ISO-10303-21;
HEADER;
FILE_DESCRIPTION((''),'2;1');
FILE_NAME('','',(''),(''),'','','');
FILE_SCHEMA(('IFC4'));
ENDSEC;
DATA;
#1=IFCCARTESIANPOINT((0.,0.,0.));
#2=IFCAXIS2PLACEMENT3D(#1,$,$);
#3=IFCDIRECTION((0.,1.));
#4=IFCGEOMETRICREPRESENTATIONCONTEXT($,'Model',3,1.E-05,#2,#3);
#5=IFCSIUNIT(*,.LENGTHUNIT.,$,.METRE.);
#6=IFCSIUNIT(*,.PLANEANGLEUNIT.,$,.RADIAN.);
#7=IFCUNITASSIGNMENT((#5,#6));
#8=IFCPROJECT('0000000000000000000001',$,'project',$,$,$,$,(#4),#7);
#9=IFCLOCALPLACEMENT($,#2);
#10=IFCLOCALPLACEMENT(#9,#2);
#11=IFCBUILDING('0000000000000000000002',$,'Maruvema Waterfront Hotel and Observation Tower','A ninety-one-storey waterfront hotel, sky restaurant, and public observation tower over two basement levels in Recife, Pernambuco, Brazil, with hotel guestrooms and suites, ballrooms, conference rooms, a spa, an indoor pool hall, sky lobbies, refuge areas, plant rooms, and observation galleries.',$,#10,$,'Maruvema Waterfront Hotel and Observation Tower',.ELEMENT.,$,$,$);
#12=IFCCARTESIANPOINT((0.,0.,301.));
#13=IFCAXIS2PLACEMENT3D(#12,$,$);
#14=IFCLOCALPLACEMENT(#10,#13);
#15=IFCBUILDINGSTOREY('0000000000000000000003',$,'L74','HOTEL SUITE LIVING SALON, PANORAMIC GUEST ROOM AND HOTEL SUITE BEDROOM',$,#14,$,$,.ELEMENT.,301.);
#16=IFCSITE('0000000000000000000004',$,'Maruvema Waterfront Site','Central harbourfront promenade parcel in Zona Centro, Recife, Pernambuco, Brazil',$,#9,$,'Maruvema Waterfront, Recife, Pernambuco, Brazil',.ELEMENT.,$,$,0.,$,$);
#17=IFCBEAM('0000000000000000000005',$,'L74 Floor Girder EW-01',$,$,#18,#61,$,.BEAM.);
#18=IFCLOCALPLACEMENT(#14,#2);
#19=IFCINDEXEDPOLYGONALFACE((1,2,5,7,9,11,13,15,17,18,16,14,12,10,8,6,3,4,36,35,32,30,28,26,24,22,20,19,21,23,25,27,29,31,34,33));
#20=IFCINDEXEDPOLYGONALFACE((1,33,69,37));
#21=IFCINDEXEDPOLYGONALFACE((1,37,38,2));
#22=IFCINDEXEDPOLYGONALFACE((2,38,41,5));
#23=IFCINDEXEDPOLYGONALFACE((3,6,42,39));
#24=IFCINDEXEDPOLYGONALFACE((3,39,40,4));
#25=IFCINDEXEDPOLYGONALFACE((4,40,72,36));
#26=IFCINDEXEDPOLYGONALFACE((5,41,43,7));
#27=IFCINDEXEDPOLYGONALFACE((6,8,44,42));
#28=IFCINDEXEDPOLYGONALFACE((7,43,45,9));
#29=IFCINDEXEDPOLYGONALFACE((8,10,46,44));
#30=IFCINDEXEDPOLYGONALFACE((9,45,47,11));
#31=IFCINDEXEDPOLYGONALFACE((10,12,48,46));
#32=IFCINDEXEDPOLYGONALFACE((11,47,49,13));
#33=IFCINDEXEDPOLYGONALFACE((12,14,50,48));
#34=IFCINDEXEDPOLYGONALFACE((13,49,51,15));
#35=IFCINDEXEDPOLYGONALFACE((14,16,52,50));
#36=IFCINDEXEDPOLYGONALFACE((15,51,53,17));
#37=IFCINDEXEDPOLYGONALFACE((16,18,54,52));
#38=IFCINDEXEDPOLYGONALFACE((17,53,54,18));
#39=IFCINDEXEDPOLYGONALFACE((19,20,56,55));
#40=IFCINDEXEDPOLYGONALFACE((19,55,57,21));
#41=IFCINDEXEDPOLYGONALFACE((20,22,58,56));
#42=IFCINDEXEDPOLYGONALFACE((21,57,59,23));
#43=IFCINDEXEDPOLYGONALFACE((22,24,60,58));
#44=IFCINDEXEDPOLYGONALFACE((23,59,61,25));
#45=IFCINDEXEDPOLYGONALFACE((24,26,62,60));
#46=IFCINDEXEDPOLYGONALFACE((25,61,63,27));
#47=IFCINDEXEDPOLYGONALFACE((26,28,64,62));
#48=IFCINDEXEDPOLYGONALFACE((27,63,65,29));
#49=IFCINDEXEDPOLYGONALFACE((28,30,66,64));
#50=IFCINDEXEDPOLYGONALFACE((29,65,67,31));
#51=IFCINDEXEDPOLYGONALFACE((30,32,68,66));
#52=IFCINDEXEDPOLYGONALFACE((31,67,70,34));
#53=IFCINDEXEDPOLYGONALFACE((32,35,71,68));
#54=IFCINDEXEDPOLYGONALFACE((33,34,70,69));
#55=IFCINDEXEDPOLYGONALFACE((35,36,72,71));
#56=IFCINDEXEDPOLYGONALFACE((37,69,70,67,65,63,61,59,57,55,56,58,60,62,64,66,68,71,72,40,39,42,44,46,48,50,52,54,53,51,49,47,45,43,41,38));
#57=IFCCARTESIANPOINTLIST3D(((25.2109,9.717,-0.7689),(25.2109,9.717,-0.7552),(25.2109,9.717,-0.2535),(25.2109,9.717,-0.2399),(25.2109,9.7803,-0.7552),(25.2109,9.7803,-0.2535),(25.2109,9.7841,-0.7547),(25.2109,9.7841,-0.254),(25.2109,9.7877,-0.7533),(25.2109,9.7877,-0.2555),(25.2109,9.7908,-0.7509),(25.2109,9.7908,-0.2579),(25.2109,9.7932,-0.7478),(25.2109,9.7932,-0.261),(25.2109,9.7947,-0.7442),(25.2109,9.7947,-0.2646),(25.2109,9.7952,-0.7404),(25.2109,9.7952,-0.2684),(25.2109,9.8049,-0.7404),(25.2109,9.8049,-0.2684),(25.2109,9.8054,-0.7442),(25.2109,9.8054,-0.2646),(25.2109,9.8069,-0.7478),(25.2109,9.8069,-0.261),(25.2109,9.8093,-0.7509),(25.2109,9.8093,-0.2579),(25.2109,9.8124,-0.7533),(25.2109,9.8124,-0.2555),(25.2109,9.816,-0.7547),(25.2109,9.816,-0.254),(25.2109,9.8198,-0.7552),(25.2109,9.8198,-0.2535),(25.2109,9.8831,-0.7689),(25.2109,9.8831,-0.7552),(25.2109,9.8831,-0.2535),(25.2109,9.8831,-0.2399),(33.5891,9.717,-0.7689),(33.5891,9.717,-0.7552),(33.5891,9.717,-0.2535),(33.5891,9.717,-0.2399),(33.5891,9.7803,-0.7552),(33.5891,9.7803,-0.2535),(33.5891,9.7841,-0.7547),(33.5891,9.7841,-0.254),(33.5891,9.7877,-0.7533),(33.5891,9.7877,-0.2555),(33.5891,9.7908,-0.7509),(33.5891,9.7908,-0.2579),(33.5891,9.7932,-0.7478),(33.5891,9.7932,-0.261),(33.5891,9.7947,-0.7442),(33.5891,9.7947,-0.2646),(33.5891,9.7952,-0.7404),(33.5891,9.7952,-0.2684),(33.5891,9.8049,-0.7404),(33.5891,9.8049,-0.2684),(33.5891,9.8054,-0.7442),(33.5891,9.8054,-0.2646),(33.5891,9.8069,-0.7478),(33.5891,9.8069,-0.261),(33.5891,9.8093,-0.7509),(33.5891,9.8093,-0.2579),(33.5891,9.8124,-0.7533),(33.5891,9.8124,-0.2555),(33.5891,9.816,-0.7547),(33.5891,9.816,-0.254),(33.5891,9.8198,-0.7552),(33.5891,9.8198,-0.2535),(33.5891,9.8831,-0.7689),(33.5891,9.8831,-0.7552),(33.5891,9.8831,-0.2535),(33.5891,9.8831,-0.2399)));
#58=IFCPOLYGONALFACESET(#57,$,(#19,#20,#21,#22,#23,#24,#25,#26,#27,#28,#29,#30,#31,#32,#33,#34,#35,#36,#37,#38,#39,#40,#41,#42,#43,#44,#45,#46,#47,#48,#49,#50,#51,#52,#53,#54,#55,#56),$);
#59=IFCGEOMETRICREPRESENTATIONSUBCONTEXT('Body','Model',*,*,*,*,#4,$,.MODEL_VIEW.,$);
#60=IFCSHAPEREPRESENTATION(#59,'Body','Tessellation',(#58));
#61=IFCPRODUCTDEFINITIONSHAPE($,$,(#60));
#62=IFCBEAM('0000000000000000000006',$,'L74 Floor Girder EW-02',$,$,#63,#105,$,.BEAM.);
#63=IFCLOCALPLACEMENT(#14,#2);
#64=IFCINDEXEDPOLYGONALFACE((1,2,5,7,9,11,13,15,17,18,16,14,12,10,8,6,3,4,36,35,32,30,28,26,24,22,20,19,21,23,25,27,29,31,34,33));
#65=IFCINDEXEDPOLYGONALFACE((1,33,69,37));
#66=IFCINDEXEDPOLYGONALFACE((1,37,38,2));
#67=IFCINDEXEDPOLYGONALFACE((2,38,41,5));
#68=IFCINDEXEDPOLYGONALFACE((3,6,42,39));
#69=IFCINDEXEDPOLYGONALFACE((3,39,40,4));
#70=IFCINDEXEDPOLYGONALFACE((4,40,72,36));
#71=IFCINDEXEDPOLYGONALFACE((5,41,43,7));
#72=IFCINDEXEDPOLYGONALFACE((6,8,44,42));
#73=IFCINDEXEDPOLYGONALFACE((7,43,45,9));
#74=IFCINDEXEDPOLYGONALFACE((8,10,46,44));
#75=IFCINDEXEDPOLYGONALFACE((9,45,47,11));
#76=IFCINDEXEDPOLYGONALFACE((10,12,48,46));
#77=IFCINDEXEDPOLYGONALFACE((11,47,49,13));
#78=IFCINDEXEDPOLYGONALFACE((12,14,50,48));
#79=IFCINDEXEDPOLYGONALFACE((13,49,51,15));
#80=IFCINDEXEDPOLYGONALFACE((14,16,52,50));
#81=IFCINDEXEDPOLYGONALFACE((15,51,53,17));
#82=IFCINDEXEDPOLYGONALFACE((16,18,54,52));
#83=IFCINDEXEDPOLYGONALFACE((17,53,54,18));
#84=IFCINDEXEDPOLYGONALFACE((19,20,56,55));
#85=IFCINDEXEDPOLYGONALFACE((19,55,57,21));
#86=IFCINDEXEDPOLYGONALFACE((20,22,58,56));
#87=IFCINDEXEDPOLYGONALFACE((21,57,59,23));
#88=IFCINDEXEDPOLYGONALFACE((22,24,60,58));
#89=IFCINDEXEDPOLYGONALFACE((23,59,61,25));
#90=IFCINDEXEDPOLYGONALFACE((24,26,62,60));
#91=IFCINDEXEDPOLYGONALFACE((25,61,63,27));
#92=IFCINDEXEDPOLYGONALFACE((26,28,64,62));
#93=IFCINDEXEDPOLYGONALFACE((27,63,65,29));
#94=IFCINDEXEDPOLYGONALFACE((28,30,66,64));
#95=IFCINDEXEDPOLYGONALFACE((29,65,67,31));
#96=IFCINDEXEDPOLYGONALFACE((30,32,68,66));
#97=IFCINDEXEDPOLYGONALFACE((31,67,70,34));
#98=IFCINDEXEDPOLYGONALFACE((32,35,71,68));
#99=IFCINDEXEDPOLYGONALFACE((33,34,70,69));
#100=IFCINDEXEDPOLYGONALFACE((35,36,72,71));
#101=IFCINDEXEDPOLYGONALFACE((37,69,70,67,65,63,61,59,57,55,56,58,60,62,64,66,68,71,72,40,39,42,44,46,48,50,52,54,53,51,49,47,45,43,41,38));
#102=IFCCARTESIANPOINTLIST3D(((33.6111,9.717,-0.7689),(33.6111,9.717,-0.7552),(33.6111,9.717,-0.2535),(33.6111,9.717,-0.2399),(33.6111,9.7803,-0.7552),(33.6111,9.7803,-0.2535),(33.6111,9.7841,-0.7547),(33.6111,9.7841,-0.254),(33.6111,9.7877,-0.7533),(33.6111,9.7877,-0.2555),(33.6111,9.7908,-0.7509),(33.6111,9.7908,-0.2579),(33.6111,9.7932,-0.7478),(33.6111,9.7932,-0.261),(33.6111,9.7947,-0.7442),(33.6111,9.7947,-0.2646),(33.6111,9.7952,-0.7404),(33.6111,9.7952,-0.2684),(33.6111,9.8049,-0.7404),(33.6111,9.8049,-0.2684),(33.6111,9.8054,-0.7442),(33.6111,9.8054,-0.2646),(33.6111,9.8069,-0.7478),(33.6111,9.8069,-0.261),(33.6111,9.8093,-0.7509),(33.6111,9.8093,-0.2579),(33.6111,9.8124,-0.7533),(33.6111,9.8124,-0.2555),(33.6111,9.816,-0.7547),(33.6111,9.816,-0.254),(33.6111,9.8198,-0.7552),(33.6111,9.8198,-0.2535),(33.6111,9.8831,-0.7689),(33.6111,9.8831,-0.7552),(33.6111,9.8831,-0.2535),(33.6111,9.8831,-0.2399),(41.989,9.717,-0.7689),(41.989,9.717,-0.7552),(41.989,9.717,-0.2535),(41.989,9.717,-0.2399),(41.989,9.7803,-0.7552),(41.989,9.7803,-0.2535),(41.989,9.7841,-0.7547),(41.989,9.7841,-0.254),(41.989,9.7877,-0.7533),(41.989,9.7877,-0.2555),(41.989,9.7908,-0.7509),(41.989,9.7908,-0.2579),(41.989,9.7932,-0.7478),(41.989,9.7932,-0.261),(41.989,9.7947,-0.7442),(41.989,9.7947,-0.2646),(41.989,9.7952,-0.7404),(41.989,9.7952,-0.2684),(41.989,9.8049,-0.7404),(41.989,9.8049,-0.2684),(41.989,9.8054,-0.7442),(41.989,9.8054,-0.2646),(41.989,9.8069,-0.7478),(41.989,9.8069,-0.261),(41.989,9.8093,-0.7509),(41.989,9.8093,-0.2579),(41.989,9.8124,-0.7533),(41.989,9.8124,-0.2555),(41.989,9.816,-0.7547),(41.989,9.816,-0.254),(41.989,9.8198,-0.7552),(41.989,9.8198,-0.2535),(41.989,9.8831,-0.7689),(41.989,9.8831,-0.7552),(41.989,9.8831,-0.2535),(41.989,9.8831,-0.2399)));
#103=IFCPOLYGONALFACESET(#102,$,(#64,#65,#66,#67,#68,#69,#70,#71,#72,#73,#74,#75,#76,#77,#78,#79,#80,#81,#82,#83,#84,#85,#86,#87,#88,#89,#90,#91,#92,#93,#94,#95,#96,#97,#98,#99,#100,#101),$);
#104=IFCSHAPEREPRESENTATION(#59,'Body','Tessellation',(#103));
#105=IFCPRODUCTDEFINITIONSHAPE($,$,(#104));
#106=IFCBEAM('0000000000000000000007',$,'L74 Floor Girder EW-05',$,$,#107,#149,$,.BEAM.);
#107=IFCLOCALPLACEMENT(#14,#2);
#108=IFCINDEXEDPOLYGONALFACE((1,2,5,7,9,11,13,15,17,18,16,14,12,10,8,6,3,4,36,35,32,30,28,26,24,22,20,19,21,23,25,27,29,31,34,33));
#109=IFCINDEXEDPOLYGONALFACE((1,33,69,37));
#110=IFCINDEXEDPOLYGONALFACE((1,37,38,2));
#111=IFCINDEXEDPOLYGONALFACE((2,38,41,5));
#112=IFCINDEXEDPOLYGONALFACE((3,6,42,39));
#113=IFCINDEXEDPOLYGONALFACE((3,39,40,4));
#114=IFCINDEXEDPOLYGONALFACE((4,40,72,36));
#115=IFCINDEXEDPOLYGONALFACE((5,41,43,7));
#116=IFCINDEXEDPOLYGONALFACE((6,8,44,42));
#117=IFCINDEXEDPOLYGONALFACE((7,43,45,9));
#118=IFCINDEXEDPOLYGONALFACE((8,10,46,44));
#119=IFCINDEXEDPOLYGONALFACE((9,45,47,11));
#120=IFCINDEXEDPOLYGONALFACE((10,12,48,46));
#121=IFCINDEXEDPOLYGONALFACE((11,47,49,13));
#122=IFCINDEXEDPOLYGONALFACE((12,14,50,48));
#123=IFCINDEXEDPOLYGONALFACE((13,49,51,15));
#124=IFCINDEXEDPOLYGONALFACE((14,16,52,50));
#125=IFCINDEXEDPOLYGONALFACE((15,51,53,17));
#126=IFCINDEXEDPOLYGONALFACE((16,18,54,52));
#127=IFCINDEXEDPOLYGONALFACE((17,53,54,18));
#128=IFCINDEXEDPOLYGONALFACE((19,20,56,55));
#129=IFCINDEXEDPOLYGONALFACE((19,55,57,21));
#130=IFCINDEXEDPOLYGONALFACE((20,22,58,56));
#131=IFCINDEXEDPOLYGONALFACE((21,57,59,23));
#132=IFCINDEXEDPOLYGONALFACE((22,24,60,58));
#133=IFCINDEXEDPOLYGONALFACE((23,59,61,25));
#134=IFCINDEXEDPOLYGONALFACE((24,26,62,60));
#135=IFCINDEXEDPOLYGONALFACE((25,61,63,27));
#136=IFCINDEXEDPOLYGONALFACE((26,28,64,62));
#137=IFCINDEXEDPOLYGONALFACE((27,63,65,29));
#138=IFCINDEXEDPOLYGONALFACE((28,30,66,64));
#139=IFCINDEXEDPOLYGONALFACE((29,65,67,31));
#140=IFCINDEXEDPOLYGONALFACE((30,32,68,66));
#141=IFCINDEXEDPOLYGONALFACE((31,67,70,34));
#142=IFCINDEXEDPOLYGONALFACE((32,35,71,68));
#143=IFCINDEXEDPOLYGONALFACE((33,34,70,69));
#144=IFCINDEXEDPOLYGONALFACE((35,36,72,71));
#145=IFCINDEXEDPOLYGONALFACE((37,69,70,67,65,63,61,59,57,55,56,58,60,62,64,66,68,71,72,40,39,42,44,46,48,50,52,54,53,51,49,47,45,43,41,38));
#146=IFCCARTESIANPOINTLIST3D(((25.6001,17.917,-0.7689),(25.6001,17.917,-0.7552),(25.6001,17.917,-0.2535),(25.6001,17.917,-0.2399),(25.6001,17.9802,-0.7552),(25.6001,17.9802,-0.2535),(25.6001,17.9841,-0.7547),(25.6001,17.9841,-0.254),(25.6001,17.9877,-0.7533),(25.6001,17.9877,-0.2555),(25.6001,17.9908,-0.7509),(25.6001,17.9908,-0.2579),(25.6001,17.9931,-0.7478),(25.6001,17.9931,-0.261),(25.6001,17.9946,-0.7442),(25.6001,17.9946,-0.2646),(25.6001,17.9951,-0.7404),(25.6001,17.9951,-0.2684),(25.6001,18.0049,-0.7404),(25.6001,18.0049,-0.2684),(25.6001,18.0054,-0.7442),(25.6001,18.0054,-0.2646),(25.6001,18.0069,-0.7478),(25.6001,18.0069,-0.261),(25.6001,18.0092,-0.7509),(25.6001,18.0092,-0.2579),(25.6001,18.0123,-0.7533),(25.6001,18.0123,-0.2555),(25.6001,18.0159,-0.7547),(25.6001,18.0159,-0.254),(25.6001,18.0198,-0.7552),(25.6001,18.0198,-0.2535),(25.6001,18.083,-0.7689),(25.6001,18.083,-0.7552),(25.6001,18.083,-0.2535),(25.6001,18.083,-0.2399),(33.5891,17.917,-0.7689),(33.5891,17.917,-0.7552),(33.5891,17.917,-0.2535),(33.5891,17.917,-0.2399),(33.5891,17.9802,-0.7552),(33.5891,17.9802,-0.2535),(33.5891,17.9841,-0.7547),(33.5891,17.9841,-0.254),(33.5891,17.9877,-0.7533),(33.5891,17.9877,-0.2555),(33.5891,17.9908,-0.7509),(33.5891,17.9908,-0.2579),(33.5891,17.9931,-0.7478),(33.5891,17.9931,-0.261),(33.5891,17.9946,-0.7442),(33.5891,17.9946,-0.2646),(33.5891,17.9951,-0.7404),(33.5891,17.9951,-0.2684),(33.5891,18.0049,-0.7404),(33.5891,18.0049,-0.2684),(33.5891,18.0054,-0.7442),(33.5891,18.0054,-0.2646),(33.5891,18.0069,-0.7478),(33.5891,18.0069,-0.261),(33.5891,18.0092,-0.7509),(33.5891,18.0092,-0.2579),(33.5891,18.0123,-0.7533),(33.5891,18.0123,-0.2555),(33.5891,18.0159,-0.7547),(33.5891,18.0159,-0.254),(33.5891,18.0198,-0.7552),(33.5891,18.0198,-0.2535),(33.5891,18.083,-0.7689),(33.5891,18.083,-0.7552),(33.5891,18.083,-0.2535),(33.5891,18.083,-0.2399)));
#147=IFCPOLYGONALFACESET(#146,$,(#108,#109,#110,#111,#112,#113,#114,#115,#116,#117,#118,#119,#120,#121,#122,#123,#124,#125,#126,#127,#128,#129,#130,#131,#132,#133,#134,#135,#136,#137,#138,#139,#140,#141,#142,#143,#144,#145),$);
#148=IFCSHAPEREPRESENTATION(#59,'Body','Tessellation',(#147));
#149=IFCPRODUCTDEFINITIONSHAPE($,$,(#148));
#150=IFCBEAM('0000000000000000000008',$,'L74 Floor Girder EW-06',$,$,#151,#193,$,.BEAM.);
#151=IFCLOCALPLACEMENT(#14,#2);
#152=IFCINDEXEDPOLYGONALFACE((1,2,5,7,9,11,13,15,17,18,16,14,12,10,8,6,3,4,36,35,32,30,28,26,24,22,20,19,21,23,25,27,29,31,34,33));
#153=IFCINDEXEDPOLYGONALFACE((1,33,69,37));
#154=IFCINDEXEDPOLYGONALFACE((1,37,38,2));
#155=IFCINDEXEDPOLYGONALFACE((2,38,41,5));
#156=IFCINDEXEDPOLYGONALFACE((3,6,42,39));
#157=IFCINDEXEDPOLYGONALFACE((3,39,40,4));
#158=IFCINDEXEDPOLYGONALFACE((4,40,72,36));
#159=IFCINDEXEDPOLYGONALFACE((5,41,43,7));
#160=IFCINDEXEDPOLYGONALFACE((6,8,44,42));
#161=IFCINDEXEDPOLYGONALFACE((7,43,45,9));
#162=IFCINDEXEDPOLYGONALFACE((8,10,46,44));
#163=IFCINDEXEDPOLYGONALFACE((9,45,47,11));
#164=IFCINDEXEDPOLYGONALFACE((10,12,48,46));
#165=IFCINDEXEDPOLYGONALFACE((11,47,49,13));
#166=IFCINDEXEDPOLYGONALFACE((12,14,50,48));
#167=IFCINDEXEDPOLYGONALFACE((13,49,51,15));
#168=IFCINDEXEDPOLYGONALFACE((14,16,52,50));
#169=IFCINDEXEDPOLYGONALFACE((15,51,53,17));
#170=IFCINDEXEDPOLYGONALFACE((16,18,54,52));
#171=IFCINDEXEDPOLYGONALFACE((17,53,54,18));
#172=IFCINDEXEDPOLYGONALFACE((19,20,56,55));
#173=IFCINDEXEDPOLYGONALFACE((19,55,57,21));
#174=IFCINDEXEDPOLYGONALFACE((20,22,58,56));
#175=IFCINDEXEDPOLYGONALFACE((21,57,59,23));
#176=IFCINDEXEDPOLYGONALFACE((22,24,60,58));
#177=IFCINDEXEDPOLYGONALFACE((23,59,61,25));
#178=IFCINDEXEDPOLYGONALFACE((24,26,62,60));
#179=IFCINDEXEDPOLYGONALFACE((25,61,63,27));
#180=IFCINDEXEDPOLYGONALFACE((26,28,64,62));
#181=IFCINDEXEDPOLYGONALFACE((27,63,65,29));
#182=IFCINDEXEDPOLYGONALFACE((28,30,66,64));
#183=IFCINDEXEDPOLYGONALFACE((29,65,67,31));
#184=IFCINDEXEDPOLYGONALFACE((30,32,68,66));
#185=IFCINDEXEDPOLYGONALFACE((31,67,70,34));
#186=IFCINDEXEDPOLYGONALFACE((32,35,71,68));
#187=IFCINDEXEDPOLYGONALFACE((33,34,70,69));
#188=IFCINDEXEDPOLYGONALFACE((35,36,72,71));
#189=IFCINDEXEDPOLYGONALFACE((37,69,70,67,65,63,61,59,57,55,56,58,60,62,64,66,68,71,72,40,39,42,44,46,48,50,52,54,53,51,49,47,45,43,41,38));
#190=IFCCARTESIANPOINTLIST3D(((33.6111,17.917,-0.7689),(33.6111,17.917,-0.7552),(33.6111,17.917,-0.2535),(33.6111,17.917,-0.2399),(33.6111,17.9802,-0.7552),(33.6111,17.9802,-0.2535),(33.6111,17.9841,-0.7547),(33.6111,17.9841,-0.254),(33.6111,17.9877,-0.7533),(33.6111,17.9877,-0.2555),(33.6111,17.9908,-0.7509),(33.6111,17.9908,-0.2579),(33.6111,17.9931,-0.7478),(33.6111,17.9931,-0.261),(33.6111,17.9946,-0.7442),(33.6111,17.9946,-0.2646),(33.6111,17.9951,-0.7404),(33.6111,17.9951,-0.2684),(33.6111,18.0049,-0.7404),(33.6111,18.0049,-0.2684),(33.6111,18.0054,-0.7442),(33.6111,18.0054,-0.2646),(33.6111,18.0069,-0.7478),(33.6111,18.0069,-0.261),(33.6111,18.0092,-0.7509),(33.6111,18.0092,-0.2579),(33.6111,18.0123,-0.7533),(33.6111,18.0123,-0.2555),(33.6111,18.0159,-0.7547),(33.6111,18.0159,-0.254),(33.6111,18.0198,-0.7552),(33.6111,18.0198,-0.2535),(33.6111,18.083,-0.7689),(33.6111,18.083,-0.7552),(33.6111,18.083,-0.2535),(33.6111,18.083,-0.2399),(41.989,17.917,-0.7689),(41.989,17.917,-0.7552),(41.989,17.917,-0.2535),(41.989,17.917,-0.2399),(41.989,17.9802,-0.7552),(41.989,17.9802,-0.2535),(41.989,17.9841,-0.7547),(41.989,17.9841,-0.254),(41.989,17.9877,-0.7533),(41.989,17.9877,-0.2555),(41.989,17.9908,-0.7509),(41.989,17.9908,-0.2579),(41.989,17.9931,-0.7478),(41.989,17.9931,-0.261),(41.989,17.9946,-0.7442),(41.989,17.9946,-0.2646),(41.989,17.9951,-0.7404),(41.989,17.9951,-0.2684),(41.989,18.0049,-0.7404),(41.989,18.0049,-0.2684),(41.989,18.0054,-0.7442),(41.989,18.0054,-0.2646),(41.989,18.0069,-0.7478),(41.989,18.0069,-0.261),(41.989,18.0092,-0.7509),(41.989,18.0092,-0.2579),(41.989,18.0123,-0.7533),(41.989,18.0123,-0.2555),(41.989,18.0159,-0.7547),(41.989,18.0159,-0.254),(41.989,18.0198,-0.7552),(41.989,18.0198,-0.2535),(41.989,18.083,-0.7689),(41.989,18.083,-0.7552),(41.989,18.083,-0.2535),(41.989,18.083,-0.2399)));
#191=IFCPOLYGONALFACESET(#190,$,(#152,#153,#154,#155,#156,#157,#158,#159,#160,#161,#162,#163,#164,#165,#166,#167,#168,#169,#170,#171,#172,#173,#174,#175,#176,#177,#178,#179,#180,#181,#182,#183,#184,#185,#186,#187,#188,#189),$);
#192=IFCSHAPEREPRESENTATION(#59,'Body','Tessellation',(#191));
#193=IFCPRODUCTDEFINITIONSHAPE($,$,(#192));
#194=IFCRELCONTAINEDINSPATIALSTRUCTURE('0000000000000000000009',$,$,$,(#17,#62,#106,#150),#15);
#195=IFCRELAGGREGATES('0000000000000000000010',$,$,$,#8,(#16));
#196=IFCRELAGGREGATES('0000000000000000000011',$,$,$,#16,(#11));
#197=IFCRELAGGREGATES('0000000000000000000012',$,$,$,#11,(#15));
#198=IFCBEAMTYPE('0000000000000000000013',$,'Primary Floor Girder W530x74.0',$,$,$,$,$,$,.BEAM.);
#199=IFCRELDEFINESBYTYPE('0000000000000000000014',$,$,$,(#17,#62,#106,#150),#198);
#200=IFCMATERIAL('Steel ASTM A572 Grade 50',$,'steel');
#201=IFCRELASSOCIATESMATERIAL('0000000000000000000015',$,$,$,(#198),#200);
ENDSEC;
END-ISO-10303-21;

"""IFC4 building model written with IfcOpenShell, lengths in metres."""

from ifc_helpers import new_model, si_unit, direction, frame, origin, origin_2d, place, context, subcontext, project, spatial, i_section, extrude, material, material_profile, profile_set, type_object, element, save


model = new_model("IFC4")

# Units and contexts
model_context = context("Model", 3, precision=1e-05, world=origin(), true_north=direction((0.0, 1.0)))
body_context = subcontext(model_context, "Body", "Model", "MODEL_VIEW")
ifc_project = project(units=[si_unit("LENGTHUNIT", "METRE"), si_unit("PLANEANGLEUNIT", "RADIAN")], contexts=[model_context])

# Site, building, storey
site_placement = place(None, origin())
site = spatial("IfcSite", under=ifc_project, at=site_placement, Name="Maruvema Waterfront Site", Description="Central harbourfront promenade parcel in Zona Centro, Recife, Pernambuco, Brazil", LongName="Maruvema Waterfront, Recife, Pernambuco, Brazil", CompositionType="ELEMENT", RefElevation=0.0)
building_placement = place(site_placement, origin())
building = spatial("IfcBuilding", under=site, at=building_placement, Name="Maruvema Waterfront Hotel and Observation Tower", Description="A ninety-one-storey waterfront hotel, sky restaurant, and public observation tower over two basement levels in Recife, Pernambuco, Brazil, with hotel guestrooms and suites, ballrooms, conference rooms, a spa, an indoor pool hall, sky lobbies, refuge areas, plant rooms, and observation galleries.", LongName="Maruvema Waterfront Hotel and Observation Tower", CompositionType="ELEMENT")
storey_placement = place(building_placement, frame((0.0, 0.0, 301.0)))
storey = spatial("IfcBuildingStorey", under=building, at=storey_placement, Name="L74", Description="HOTEL SUITE LIVING SALON, PANORAMIC GUEST ROOM AND HOTEL SUITE BEDROOM", CompositionType="ELEMENT", Elevation=301.0)

# Beams
ifc_material_1 = material(Name="Steel ASTM A572 Grade 50", Category="steel")
ifc_material_profile_1 = material_profile(ifc_material_1, i_section(OverallWidth=0.166, OverallDepth=0.5291, WebThickness=0.0098, FlangeThickness=0.0137, FilletRadius=0.0149, at=origin_2d()), Name="W530x74.0")
ifc_profile_set_1 = profile_set([ifc_material_profile_1], Name="Steel ASTM A572 Grade 50")
beam_type_1 = type_object("IfcBeamType", Name="Primary Floor Girder W530x74.0", PredefinedType="BEAM", material=ifc_profile_set_1)
beam_1_placement = place(storey_placement, frame((25.2109, 9.8, -0.5044), z_axis=(1.0, 0.0, 0.0), x_axis=(0.0, 1.0, 0.0)))
element("IfcBeam", 1, at=beam_1_placement, inside=storey, type_object=beam_type_1, Name="L74 Floor Girder EW-01", PredefinedType="BEAM", context=body_context, shape_type="SweptSolid", body=[
    extrude(i_section(OverallWidth=0.166, OverallDepth=0.5291, WebThickness=0.0098, FlangeThickness=0.0137, FilletRadius=0.0149, at=origin_2d()), origin(), (0.0, 0.0, 1.0), 8.3782),
])
beam_2_placement = place(storey_placement, frame((33.6111, 9.8, -0.5044), z_axis=(1.0, 0.0, 0.0), x_axis=(0.0, 1.0, 0.0)))
element("IfcBeam", 2, at=beam_2_placement, inside=storey, type_object=beam_type_1, Name="L74 Floor Girder EW-02", PredefinedType="BEAM", context=body_context, shape_type="SweptSolid", body=[
    extrude(i_section(OverallWidth=0.166, OverallDepth=0.5291, WebThickness=0.0098, FlangeThickness=0.0137, FilletRadius=0.0149, at=origin_2d()), origin(), (0.0, 0.0, 1.0), 8.3779),
])
beam_3_placement = place(storey_placement, frame((25.6001, 18.0, -0.5044), z_axis=(1.0, 0.0, 0.0), x_axis=(0.0, 1.0, 0.0)))
element("IfcBeam", 3, at=beam_3_placement, inside=storey, type_object=beam_type_1, Name="L74 Floor Girder EW-05", PredefinedType="BEAM", context=body_context, shape_type="SweptSolid", body=[
    extrude(i_section(OverallWidth=0.166, OverallDepth=0.5291, WebThickness=0.0098, FlangeThickness=0.0137, FilletRadius=0.0149, at=origin_2d()), origin(), (0.0, 0.0, 1.0), 7.989),
])
beam_4_placement = place(storey_placement, frame((33.6111, 18.0, -0.5044), z_axis=(1.0, 0.0, 0.0), x_axis=(0.0, 1.0, 0.0)))
element("IfcBeam", 4, at=beam_4_placement, inside=storey, type_object=beam_type_1, Name="L74 Floor Girder EW-06", PredefinedType="BEAM", context=body_context, shape_type="SweptSolid", body=[
    extrude(i_section(OverallWidth=0.166, OverallDepth=0.5291, WebThickness=0.0098, FlangeThickness=0.0137, FilletRadius=0.0149, at=origin_2d()), origin(), (0.0, 0.0, 1.0), 8.3779),
])

save(model, "model.ifc")
